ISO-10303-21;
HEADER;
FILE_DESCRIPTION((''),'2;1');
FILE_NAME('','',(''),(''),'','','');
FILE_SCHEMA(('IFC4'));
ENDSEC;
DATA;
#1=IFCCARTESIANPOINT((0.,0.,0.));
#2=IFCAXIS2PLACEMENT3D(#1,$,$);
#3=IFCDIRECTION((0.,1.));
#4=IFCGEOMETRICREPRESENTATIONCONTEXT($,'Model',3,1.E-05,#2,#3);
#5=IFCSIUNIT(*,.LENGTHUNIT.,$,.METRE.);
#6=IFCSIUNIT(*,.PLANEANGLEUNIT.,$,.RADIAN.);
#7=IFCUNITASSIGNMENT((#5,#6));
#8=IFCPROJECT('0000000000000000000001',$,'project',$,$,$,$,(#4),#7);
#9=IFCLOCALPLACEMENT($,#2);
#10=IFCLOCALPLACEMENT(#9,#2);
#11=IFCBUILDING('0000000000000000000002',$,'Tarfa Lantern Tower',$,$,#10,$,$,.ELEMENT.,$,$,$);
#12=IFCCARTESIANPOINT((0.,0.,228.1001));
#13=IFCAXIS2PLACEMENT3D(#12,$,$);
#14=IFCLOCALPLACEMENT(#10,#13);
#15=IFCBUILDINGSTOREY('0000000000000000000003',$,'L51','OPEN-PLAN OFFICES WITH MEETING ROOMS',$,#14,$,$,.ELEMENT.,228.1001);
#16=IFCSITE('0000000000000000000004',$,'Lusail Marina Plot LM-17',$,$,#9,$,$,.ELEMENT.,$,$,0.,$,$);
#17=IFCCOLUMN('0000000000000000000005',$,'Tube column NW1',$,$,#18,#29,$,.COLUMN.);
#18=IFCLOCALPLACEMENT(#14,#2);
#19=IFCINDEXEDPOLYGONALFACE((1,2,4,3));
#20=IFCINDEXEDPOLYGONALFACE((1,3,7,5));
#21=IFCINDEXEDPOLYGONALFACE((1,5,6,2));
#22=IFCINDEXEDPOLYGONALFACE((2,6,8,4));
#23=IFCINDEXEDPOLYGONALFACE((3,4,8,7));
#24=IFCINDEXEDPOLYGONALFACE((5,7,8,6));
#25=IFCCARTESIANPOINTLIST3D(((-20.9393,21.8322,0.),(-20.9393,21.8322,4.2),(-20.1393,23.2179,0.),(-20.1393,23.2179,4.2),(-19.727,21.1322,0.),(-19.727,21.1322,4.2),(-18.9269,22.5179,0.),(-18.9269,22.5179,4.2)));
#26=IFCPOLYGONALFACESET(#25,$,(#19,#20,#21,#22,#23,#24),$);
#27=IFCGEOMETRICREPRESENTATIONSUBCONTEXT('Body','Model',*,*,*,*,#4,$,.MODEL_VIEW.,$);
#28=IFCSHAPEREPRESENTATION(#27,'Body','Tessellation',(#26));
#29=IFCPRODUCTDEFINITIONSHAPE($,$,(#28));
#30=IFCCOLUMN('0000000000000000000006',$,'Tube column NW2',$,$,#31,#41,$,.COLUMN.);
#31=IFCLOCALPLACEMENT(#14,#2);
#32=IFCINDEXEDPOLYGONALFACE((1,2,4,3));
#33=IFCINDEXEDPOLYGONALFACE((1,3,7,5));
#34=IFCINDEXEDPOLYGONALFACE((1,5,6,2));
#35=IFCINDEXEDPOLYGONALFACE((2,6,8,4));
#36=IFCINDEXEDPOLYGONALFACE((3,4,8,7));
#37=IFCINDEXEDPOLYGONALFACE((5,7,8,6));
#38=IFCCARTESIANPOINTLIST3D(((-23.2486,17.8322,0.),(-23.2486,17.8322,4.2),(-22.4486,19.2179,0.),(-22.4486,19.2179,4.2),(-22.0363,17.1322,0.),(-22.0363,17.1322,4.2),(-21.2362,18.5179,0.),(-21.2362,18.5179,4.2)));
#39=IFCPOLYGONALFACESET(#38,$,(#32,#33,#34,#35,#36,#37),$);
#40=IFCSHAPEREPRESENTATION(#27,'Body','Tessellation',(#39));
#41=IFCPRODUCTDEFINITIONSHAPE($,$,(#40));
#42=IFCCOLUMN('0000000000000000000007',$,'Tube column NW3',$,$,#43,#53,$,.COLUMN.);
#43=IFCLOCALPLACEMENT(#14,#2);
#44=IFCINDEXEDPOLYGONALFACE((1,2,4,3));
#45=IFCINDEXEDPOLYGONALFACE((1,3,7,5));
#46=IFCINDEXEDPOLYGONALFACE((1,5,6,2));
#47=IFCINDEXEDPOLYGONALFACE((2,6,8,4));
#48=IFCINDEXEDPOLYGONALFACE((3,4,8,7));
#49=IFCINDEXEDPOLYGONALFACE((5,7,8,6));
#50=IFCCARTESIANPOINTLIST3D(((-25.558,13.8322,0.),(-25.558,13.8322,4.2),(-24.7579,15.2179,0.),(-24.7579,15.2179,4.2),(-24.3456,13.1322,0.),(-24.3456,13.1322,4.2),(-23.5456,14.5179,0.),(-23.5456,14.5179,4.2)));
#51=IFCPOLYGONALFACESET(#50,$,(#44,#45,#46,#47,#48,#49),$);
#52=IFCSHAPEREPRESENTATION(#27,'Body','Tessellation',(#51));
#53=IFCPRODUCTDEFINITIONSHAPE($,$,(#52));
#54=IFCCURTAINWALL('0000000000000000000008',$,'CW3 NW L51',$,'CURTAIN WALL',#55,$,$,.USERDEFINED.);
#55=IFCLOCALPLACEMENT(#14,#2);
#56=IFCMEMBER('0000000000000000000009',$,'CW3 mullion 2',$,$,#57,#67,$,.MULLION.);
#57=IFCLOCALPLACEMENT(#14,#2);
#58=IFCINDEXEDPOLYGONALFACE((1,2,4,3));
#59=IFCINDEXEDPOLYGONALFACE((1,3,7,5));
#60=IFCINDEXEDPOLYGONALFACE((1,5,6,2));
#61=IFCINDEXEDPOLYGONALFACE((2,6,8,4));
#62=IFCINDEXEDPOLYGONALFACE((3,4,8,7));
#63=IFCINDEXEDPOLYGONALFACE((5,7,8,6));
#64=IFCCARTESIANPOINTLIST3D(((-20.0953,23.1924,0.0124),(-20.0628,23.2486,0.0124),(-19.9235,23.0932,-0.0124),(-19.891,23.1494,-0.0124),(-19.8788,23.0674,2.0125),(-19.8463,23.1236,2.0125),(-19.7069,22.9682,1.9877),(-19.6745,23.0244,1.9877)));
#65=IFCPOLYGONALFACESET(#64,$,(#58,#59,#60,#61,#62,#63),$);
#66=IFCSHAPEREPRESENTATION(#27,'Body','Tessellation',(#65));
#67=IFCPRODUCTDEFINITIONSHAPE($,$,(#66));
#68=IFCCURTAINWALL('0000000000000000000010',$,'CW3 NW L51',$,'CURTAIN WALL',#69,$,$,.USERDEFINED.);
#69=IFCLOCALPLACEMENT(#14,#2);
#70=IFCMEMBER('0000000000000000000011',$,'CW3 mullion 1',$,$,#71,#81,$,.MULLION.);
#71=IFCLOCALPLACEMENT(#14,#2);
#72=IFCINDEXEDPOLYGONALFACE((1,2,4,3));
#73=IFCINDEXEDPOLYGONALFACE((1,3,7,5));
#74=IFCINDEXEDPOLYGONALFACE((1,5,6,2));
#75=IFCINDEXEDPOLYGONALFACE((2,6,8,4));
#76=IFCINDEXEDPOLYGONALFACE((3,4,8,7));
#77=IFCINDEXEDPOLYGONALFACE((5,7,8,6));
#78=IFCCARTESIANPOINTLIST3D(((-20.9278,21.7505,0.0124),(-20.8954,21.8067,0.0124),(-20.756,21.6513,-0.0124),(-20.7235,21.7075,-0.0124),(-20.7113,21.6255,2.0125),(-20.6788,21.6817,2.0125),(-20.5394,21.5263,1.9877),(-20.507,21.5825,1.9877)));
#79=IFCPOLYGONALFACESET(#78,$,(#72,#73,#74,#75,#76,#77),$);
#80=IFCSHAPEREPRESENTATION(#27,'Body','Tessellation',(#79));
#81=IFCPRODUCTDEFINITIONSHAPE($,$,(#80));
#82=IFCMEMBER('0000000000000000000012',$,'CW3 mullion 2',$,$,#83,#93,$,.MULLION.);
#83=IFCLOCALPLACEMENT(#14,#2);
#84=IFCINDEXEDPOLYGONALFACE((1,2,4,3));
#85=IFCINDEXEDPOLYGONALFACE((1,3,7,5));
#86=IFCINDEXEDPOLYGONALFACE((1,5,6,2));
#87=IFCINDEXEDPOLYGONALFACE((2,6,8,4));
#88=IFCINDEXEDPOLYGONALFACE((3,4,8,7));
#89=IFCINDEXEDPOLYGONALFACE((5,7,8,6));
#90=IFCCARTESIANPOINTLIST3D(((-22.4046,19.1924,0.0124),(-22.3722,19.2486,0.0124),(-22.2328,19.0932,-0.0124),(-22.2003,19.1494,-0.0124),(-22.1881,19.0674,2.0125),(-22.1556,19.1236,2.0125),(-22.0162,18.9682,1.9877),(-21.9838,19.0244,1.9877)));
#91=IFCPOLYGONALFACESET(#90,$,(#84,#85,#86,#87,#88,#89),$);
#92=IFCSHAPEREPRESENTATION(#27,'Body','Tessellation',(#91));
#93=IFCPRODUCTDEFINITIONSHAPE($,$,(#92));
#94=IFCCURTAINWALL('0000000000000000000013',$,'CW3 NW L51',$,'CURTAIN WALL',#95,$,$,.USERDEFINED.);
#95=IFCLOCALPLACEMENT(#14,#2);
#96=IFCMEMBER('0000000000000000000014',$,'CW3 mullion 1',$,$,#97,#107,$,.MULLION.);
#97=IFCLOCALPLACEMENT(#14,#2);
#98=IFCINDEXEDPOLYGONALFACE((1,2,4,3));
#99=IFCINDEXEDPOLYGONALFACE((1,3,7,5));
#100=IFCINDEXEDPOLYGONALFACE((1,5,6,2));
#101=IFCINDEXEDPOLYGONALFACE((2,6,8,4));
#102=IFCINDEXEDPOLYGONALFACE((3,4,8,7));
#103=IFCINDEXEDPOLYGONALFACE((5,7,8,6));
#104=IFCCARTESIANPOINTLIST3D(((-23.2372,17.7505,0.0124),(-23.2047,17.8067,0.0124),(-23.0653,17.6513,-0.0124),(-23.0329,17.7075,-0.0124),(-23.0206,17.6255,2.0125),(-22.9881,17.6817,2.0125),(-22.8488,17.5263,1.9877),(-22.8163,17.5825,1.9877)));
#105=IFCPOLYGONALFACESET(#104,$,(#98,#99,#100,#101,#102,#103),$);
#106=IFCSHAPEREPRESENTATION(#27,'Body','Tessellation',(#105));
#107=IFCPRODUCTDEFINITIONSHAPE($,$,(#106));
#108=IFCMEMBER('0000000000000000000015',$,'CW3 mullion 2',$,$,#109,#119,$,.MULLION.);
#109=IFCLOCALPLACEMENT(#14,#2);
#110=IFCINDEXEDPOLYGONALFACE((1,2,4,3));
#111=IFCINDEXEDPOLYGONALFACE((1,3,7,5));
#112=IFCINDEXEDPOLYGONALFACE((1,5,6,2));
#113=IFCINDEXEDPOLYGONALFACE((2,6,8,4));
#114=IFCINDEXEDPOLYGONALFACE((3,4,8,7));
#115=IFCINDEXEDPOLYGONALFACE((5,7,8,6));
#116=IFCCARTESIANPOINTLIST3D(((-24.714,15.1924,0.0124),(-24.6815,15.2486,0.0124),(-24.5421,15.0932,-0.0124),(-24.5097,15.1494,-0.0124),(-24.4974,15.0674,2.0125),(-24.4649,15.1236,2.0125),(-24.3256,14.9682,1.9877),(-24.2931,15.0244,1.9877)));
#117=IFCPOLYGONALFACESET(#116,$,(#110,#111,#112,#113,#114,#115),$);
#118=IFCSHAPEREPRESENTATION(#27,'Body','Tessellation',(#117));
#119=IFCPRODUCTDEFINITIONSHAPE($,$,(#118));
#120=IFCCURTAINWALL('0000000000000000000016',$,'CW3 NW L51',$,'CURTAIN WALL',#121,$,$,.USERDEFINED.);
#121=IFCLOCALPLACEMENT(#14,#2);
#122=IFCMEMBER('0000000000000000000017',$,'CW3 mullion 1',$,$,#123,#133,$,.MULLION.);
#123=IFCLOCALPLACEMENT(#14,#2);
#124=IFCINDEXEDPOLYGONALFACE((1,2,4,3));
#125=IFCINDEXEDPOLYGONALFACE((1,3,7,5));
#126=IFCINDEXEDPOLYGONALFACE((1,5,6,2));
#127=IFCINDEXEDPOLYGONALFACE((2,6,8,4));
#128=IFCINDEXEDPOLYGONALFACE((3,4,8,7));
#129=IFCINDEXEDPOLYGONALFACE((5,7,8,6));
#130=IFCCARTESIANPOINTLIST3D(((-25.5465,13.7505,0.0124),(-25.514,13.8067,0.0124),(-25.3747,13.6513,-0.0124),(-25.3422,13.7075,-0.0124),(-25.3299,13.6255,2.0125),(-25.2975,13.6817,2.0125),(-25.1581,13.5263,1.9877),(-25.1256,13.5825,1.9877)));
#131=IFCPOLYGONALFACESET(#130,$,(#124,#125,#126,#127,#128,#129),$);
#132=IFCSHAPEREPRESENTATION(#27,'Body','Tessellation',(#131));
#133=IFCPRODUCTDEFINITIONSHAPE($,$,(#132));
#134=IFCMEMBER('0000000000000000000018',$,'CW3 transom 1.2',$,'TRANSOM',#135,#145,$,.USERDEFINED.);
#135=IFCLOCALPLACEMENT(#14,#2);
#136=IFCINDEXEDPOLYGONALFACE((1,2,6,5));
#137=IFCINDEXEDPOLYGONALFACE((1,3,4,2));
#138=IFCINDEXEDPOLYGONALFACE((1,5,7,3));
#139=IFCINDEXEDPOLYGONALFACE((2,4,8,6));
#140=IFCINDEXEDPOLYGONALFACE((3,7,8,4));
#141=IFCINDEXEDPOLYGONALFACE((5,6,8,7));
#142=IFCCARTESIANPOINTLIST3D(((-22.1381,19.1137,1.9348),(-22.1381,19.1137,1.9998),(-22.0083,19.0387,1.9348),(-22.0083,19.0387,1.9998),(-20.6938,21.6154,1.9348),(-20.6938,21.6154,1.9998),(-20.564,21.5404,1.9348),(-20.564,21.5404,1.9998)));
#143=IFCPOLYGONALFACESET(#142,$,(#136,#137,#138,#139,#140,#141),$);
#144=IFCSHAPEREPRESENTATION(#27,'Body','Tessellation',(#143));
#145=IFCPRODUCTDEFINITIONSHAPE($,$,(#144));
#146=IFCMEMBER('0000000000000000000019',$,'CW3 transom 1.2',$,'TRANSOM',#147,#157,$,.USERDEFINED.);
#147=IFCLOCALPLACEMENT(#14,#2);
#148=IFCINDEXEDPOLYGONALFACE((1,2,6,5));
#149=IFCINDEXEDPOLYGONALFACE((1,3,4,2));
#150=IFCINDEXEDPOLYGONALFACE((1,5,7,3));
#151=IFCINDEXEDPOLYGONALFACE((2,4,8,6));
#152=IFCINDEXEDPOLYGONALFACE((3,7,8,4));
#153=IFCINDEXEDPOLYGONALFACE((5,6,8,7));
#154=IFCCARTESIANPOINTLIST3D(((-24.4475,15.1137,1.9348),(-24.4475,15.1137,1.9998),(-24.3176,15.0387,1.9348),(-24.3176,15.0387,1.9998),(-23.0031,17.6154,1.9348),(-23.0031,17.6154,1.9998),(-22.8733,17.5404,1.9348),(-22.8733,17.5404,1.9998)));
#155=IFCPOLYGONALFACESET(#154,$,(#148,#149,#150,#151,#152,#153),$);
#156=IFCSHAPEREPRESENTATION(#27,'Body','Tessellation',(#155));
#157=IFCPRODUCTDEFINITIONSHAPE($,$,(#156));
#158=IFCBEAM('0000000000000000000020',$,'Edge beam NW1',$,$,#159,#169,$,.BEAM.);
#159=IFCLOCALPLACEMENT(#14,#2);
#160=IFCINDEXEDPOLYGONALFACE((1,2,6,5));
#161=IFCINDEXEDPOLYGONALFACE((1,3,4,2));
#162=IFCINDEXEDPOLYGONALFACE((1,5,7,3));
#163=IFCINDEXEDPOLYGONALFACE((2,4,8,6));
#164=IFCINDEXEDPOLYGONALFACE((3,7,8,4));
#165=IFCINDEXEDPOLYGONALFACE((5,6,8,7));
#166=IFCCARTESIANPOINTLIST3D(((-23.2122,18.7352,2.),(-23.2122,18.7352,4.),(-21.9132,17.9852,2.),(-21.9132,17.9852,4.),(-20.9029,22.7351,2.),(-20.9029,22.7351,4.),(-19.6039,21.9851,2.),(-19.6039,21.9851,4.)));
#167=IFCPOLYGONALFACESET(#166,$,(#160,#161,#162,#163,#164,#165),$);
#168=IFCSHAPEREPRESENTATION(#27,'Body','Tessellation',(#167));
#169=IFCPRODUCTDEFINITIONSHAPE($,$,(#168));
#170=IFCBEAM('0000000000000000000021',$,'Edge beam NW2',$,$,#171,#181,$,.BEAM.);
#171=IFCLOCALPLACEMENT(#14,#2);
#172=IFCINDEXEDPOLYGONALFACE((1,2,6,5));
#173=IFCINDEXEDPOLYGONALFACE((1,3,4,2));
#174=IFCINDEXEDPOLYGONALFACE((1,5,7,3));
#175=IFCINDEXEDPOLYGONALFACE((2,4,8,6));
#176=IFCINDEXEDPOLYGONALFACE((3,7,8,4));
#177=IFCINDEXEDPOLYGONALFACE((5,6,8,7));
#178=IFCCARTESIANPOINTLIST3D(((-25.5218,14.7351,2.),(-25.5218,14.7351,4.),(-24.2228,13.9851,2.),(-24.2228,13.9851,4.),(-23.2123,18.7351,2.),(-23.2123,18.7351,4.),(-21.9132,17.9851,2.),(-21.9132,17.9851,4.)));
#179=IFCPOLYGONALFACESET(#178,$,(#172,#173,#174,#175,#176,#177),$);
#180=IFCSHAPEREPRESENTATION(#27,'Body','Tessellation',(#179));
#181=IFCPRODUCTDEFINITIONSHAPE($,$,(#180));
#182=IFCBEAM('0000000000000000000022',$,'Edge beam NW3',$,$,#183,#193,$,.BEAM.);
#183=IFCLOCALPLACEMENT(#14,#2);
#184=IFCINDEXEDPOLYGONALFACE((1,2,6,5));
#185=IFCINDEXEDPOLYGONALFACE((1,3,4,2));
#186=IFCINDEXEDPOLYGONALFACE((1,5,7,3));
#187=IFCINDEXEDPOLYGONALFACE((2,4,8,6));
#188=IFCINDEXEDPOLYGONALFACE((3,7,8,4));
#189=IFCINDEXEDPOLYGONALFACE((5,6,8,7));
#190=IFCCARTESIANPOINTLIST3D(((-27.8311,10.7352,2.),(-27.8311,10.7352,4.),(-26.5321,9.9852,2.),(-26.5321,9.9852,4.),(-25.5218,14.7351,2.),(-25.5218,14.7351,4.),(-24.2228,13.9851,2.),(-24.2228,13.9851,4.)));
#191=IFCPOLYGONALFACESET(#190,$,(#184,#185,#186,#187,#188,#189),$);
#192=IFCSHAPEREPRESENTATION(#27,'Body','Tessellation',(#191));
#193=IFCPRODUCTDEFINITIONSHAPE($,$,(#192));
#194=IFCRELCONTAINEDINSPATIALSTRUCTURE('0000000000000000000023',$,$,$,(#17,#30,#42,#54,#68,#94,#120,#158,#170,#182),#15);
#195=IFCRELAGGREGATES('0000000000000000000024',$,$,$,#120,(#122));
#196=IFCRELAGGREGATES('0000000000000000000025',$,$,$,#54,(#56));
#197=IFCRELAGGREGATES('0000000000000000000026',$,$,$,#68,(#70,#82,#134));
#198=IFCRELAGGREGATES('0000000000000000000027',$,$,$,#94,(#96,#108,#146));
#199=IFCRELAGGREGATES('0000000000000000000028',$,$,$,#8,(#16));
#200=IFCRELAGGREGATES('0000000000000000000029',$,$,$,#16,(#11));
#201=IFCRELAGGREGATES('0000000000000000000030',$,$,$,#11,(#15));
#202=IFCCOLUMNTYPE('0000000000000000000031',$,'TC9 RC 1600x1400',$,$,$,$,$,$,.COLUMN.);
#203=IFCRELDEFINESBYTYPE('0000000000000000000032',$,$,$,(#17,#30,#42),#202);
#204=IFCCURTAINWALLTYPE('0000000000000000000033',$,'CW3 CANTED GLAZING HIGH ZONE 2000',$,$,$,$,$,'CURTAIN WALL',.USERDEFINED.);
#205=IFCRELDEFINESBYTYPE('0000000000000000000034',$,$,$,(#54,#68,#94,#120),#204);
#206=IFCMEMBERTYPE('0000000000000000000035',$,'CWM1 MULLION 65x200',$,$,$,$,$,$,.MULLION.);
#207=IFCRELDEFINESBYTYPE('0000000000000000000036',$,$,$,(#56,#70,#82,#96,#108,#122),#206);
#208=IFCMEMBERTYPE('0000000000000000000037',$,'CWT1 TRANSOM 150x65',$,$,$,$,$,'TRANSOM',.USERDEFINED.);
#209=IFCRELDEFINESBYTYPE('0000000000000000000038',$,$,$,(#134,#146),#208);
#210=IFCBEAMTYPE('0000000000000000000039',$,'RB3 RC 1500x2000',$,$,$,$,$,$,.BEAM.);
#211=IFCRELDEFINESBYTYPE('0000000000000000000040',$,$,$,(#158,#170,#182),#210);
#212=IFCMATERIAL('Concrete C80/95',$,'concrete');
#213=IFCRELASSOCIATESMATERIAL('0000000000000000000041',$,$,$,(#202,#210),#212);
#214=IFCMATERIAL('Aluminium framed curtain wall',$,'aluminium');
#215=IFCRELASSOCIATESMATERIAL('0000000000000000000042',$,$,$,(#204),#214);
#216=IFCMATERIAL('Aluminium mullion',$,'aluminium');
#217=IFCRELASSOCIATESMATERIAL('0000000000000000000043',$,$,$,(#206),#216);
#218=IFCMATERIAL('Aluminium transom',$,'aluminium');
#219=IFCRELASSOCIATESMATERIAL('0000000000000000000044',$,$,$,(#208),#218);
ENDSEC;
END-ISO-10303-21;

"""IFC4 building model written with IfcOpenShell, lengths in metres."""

from ifc_helpers import new_model, si_unit, direction, frame, origin, origin_2d, place, context, subcontext, project, spatial, rectangle, extrude, material, material_profile, profile_set, type_object, element, aggregate, save


model = new_model("IFC4")

# Units and contexts
model_context = context("Model", 3, precision=1e-05, world=origin(), true_north=direction((0.0, 1.0)))
body_context = subcontext(model_context, "Body", "Model", "MODEL_VIEW")
ifc_project = project(units=[si_unit("LENGTHUNIT", "METRE"), si_unit("PLANEANGLEUNIT", "RADIAN")], contexts=[model_context])

# Site, building, storey
site_placement = place(None, origin())
site = spatial("IfcSite", under=ifc_project, at=site_placement, Name="Lusail Marina Plot LM-17", CompositionType="ELEMENT", RefElevation=0.0)
building_placement = place(site_placement, origin())
building = spatial("IfcBuilding", under=site, at=building_placement, Name="Tarfa Lantern Tower", CompositionType="ELEMENT")
storey_placement = place(building_placement, frame((0.0, 0.0, 228.1001)))
storey = spatial("IfcBuildingStorey", under=building, at=storey_placement, Name="L51", Description="OPEN-PLAN OFFICES WITH MEETING ROOMS", CompositionType="ELEMENT", Elevation=228.1001)

# Columns
ifc_material_1 = material(Name="Concrete C80/95", Category="concrete")
ifc_material_profile_1 = material_profile(ifc_material_1, rectangle(XDim=1.6001, YDim=1.3999, at=origin_2d()), Name="RC 1600x1400")
ifc_profile_set_1 = profile_set([ifc_material_profile_1], Name="Concrete C80/95")
column_type = type_object("IfcColumnType", Name="TC9 RC 1600x1400", PredefinedType="COLUMN", material=ifc_profile_set_1)
for number, where, z_axis, x_axis, name in (
    (1, (-19.9331, 22.175, 0.0), (0.0, 0.0, 1.0), (-0.5, -0.866025, 0.0), "Tube column NW1"),
    (2, (-22.2424, 18.175, 0.0), (0.0, 0.0, 1.0), (-0.5, -0.866025, 0.0), "Tube column NW2"),
    (3, (-24.5518, 14.175, 0.0), (0.0, 0.0, 1.0), (-0.5, -0.866025, 0.0), "Tube column NW3"),
):
    element("IfcColumn", number, at=place(storey_placement, frame(where, z_axis=z_axis, x_axis=x_axis)), inside=storey, type_object=column_type, Name=name, PredefinedType="COLUMN", context=body_context, shape_type="SweptSolid", body=[
        extrude(rectangle(XDim=1.6001, YDim=1.3999, at=origin_2d()), origin(), (0.0, 0.0, 1.0), 4.2),
    ])

# Curtain wall, member
ifc_material_2 = material(Name="Aluminium framed curtain wall", Category="aluminium")
curtain_wall_type = type_object("IfcCurtainWallType", Name="CW3 CANTED GLAZING HIGH ZONE 2000", ElementType="CURTAIN WALL", PredefinedType="USERDEFINED", material=ifc_material_2)
curtain_wall_1_placement = place(storey_placement, origin())
curtain_wall_1 = element("IfcCurtainWall", 4, at=curtain_wall_1_placement, inside=storey, type_object=curtain_wall_type, Name="CW3 NW L51", ObjectType="CURTAIN WALL", PredefinedType="USERDEFINED")
ifc_material_3 = material(Name="Aluminium mullion", Category="aluminium")
ifc_material_profile_2 = material_profile(ifc_material_3, rectangle(XDim=0.0649, YDim=0.2, at=origin_2d()), Name="AL MULLION 65x200")
ifc_profile_set_2 = profile_set([ifc_material_profile_2], Name="Aluminium mullion")
member_type_1 = type_object("IfcMemberType", Name="CWM1 MULLION 65x200", PredefinedType="MULLION", material=ifc_profile_set_2)
member_1_placement = place(storey_placement, frame((-19.9932, 23.1709, 0.0), z_axis=(0.10744, -0.062017, 0.992275), x_axis=(0.49992, 0.866072, 0.0)))
member_1 = element("IfcMember", 5, at=member_1_placement, type_object=member_type_1, Name="CW3 mullion 2", PredefinedType="MULLION", context=body_context, shape_type="SweptSolid", body=[
    extrude(rectangle(XDim=0.0649, YDim=0.2, at=origin_2d()), origin(), (0.0, 0.0, 1.0), 2.0156),
])

# Curtain walls, members
curtain_wall_2_placement = place(storey_placement, origin())
curtain_wall_2 = element("IfcCurtainWall", 6, at=curtain_wall_2_placement, inside=storey, type_object=curtain_wall_type, Name="CW3 NW L51", ObjectType="CURTAIN WALL", PredefinedType="USERDEFINED")
member_2_placement = place(storey_placement, frame((-20.8257, 21.729, 0.0), z_axis=(0.10744, -0.062017, 0.992275), x_axis=(0.49992, 0.866072, 0.0)))
member_2 = element("IfcMember", 7, at=member_2_placement, type_object=member_type_1, Name="CW3 mullion 1", PredefinedType="MULLION", context=body_context, shape_type="SweptSolid", body=[
    extrude(rectangle(XDim=0.0649, YDim=0.2, at=origin_2d()), origin(), (0.0, 0.0, 1.0), 2.0156),
])
member_3_placement = place(storey_placement, frame((-22.3025, 19.1709, 0.0), z_axis=(0.10744, -0.062017, 0.992275), x_axis=(0.49992, 0.866072, 0.0)))
member_3 = element("IfcMember", 8, at=member_3_placement, type_object=member_type_1, Name="CW3 mullion 2", PredefinedType="MULLION", context=body_context, shape_type="SweptSolid", body=[
    extrude(rectangle(XDim=0.0649, YDim=0.2, at=origin_2d()), origin(), (0.0, 0.0, 1.0), 2.0156),
])
curtain_wall_3_placement = place(storey_placement, origin())
curtain_wall_3 = element("IfcCurtainWall", 9, at=curtain_wall_3_placement, inside=storey, type_object=curtain_wall_type, Name="CW3 NW L51", ObjectType="CURTAIN WALL", PredefinedType="USERDEFINED")
member_4_placement = place(storey_placement, frame((-23.135, 17.729, 0.0), z_axis=(0.10744, -0.062017, 0.992275), x_axis=(0.49992, 0.866072, 0.0)))
member_4 = element("IfcMember", 10, at=member_4_placement, type_object=member_type_1, Name="CW3 mullion 1", PredefinedType="MULLION", context=body_context, shape_type="SweptSolid", body=[
    extrude(rectangle(XDim=0.0649, YDim=0.2, at=origin_2d()), origin(), (0.0, 0.0, 1.0), 2.0156),
])
member_5_placement = place(storey_placement, frame((-24.6118, 15.1709, 0.0), z_axis=(0.10744, -0.062017, 0.992275), x_axis=(0.49992, 0.866072, 0.0)))
member_5 = element("IfcMember", 11, at=member_5_placement, type_object=member_type_1, Name="CW3 mullion 2", PredefinedType="MULLION", context=body_context, shape_type="SweptSolid", body=[
    extrude(rectangle(XDim=0.0649, YDim=0.2, at=origin_2d()), origin(), (0.0, 0.0, 1.0), 2.0156),
])

# Curtain wall, member
curtain_wall_4_placement = place(storey_placement, origin())
curtain_wall_4 = element("IfcCurtainWall", 12, at=curtain_wall_4_placement, inside=storey, type_object=curtain_wall_type, Name="CW3 NW L51", ObjectType="CURTAIN WALL", PredefinedType="USERDEFINED")
member_6_placement = place(storey_placement, frame((-25.4443, 13.729, 0.0), z_axis=(0.10744, -0.062017, 0.992275), x_axis=(0.49992, 0.866072, 0.0)))
member_6 = element("IfcMember", 13, at=member_6_placement, type_object=member_type_1, Name="CW3 mullion 1", PredefinedType="MULLION", context=body_context, shape_type="SweptSolid", body=[
    extrude(rectangle(XDim=0.0649, YDim=0.2, at=origin_2d()), origin(), (0.0, 0.0, 1.0), 2.0156),
])
aggregate(curtain_wall_4, [member_6])

# Members
ifc_material_4 = material(Name="Aluminium transom", Category="aluminium")
ifc_material_profile_3 = material_profile(ifc_material_4, rectangle(XDim=0.1499, YDim=0.0649, at=origin_2d()), Name="AL TRANSOM 150x65")
ifc_profile_set_3 = profile_set([ifc_material_profile_3], Name="Aluminium transom")
member_type_2 = type_object("IfcMemberType", Name="CWT1 TRANSOM 150x65", ElementType="TRANSOM", PredefinedType="USERDEFINED", material=ifc_profile_set_3)
member_7_placement = place(storey_placement, frame((-20.6289, 21.5779, 1.9673), z_axis=(-0.499993, -0.866029, 0.0), x_axis=(0.866029, -0.499993, 0.0)))
member_7 = element("IfcMember", 14, at=member_7_placement, type_object=member_type_2, Name="CW3 transom 1.2", ObjectType="TRANSOM", PredefinedType="USERDEFINED", context=body_context, shape_type="SweptSolid", body=[
    extrude(rectangle(XDim=0.1499, YDim=0.0649, at=origin_2d()), origin(), (0.0, 0.0, 1.0), 2.8887),
])
member_8_placement = place(storey_placement, frame((-22.9382, 17.5779, 1.9673), z_axis=(-0.499993, -0.866029, 0.0), x_axis=(0.866029, -0.499993, 0.0)))
member_8 = element("IfcMember", 15, at=member_8_placement, type_object=member_type_2, Name="CW3 transom 1.2", ObjectType="TRANSOM", PredefinedType="USERDEFINED", context=body_context, shape_type="SweptSolid", body=[
    extrude(rectangle(XDim=0.1499, YDim=0.0649, at=origin_2d()), origin(), (0.0, 0.0, 1.0), 2.8887),
])

# Beams
ifc_material_profile_4 = material_profile(ifc_material_1, rectangle(XDim=1.5, YDim=2.0, at=origin_2d()), Name="RC 1500x2000")
ifc_profile_set_4 = profile_set([ifc_material_profile_4], Name="Concrete C80/95")
beam_type_1 = type_object("IfcBeamType", Name="RB3 RC 1500x2000", PredefinedType="BEAM", material=ifc_profile_set_4)
beam_1_placement = place(storey_placement, frame((-20.2534, 22.3601, 3.0), z_axis=(-0.499988, -0.866032, 0.0), x_axis=(0.866032, -0.499988, 0.0)))
element("IfcBeam", 16, at=beam_1_placement, inside=storey, type_object=beam_type_1, Name="Edge beam NW1", PredefinedType="BEAM", context=body_context, shape_type="SweptSolid", body=[
    extrude(rectangle(XDim=1.5, YDim=2.0, at=origin_2d()), origin(), (0.0, 0.0, 1.0), 4.6187),
])
beam_2_placement = place(storey_placement, frame((-22.5627, 18.3601, 3.0), z_axis=(-0.500027, -0.86601, 0.0), x_axis=(0.86601, -0.500027, 0.0)))
element("IfcBeam", 17, at=beam_2_placement, inside=storey, type_object=beam_type_1, Name="Edge beam NW2", PredefinedType="BEAM", context=body_context, shape_type="SweptSolid", body=[
    extrude(rectangle(XDim=1.5, YDim=2.0, at=origin_2d()), origin(), (0.0, 0.0, 1.0), 4.6189),
])
beam_3_placement = place(storey_placement, frame((-24.8723, 14.3601, 3.0), z_axis=(-0.499988, -0.866032, 0.0), x_axis=(0.866032, -0.499988, 0.0)))
element("IfcBeam", 18, at=beam_3_placement, inside=storey, type_object=beam_type_1, Name="Edge beam NW3", PredefinedType="BEAM", context=body_context, shape_type="SweptSolid", body=[
    extrude(rectangle(XDim=1.5, YDim=2.0, at=origin_2d()), origin(), (0.0, 0.0, 1.0), 4.6187),
])

aggregate(curtain_wall_1, [member_1])
aggregate(curtain_wall_2, [member_2, member_3, member_7])
aggregate(curtain_wall_3, [member_4, member_5, member_8])

save(model, "model.ifc")
